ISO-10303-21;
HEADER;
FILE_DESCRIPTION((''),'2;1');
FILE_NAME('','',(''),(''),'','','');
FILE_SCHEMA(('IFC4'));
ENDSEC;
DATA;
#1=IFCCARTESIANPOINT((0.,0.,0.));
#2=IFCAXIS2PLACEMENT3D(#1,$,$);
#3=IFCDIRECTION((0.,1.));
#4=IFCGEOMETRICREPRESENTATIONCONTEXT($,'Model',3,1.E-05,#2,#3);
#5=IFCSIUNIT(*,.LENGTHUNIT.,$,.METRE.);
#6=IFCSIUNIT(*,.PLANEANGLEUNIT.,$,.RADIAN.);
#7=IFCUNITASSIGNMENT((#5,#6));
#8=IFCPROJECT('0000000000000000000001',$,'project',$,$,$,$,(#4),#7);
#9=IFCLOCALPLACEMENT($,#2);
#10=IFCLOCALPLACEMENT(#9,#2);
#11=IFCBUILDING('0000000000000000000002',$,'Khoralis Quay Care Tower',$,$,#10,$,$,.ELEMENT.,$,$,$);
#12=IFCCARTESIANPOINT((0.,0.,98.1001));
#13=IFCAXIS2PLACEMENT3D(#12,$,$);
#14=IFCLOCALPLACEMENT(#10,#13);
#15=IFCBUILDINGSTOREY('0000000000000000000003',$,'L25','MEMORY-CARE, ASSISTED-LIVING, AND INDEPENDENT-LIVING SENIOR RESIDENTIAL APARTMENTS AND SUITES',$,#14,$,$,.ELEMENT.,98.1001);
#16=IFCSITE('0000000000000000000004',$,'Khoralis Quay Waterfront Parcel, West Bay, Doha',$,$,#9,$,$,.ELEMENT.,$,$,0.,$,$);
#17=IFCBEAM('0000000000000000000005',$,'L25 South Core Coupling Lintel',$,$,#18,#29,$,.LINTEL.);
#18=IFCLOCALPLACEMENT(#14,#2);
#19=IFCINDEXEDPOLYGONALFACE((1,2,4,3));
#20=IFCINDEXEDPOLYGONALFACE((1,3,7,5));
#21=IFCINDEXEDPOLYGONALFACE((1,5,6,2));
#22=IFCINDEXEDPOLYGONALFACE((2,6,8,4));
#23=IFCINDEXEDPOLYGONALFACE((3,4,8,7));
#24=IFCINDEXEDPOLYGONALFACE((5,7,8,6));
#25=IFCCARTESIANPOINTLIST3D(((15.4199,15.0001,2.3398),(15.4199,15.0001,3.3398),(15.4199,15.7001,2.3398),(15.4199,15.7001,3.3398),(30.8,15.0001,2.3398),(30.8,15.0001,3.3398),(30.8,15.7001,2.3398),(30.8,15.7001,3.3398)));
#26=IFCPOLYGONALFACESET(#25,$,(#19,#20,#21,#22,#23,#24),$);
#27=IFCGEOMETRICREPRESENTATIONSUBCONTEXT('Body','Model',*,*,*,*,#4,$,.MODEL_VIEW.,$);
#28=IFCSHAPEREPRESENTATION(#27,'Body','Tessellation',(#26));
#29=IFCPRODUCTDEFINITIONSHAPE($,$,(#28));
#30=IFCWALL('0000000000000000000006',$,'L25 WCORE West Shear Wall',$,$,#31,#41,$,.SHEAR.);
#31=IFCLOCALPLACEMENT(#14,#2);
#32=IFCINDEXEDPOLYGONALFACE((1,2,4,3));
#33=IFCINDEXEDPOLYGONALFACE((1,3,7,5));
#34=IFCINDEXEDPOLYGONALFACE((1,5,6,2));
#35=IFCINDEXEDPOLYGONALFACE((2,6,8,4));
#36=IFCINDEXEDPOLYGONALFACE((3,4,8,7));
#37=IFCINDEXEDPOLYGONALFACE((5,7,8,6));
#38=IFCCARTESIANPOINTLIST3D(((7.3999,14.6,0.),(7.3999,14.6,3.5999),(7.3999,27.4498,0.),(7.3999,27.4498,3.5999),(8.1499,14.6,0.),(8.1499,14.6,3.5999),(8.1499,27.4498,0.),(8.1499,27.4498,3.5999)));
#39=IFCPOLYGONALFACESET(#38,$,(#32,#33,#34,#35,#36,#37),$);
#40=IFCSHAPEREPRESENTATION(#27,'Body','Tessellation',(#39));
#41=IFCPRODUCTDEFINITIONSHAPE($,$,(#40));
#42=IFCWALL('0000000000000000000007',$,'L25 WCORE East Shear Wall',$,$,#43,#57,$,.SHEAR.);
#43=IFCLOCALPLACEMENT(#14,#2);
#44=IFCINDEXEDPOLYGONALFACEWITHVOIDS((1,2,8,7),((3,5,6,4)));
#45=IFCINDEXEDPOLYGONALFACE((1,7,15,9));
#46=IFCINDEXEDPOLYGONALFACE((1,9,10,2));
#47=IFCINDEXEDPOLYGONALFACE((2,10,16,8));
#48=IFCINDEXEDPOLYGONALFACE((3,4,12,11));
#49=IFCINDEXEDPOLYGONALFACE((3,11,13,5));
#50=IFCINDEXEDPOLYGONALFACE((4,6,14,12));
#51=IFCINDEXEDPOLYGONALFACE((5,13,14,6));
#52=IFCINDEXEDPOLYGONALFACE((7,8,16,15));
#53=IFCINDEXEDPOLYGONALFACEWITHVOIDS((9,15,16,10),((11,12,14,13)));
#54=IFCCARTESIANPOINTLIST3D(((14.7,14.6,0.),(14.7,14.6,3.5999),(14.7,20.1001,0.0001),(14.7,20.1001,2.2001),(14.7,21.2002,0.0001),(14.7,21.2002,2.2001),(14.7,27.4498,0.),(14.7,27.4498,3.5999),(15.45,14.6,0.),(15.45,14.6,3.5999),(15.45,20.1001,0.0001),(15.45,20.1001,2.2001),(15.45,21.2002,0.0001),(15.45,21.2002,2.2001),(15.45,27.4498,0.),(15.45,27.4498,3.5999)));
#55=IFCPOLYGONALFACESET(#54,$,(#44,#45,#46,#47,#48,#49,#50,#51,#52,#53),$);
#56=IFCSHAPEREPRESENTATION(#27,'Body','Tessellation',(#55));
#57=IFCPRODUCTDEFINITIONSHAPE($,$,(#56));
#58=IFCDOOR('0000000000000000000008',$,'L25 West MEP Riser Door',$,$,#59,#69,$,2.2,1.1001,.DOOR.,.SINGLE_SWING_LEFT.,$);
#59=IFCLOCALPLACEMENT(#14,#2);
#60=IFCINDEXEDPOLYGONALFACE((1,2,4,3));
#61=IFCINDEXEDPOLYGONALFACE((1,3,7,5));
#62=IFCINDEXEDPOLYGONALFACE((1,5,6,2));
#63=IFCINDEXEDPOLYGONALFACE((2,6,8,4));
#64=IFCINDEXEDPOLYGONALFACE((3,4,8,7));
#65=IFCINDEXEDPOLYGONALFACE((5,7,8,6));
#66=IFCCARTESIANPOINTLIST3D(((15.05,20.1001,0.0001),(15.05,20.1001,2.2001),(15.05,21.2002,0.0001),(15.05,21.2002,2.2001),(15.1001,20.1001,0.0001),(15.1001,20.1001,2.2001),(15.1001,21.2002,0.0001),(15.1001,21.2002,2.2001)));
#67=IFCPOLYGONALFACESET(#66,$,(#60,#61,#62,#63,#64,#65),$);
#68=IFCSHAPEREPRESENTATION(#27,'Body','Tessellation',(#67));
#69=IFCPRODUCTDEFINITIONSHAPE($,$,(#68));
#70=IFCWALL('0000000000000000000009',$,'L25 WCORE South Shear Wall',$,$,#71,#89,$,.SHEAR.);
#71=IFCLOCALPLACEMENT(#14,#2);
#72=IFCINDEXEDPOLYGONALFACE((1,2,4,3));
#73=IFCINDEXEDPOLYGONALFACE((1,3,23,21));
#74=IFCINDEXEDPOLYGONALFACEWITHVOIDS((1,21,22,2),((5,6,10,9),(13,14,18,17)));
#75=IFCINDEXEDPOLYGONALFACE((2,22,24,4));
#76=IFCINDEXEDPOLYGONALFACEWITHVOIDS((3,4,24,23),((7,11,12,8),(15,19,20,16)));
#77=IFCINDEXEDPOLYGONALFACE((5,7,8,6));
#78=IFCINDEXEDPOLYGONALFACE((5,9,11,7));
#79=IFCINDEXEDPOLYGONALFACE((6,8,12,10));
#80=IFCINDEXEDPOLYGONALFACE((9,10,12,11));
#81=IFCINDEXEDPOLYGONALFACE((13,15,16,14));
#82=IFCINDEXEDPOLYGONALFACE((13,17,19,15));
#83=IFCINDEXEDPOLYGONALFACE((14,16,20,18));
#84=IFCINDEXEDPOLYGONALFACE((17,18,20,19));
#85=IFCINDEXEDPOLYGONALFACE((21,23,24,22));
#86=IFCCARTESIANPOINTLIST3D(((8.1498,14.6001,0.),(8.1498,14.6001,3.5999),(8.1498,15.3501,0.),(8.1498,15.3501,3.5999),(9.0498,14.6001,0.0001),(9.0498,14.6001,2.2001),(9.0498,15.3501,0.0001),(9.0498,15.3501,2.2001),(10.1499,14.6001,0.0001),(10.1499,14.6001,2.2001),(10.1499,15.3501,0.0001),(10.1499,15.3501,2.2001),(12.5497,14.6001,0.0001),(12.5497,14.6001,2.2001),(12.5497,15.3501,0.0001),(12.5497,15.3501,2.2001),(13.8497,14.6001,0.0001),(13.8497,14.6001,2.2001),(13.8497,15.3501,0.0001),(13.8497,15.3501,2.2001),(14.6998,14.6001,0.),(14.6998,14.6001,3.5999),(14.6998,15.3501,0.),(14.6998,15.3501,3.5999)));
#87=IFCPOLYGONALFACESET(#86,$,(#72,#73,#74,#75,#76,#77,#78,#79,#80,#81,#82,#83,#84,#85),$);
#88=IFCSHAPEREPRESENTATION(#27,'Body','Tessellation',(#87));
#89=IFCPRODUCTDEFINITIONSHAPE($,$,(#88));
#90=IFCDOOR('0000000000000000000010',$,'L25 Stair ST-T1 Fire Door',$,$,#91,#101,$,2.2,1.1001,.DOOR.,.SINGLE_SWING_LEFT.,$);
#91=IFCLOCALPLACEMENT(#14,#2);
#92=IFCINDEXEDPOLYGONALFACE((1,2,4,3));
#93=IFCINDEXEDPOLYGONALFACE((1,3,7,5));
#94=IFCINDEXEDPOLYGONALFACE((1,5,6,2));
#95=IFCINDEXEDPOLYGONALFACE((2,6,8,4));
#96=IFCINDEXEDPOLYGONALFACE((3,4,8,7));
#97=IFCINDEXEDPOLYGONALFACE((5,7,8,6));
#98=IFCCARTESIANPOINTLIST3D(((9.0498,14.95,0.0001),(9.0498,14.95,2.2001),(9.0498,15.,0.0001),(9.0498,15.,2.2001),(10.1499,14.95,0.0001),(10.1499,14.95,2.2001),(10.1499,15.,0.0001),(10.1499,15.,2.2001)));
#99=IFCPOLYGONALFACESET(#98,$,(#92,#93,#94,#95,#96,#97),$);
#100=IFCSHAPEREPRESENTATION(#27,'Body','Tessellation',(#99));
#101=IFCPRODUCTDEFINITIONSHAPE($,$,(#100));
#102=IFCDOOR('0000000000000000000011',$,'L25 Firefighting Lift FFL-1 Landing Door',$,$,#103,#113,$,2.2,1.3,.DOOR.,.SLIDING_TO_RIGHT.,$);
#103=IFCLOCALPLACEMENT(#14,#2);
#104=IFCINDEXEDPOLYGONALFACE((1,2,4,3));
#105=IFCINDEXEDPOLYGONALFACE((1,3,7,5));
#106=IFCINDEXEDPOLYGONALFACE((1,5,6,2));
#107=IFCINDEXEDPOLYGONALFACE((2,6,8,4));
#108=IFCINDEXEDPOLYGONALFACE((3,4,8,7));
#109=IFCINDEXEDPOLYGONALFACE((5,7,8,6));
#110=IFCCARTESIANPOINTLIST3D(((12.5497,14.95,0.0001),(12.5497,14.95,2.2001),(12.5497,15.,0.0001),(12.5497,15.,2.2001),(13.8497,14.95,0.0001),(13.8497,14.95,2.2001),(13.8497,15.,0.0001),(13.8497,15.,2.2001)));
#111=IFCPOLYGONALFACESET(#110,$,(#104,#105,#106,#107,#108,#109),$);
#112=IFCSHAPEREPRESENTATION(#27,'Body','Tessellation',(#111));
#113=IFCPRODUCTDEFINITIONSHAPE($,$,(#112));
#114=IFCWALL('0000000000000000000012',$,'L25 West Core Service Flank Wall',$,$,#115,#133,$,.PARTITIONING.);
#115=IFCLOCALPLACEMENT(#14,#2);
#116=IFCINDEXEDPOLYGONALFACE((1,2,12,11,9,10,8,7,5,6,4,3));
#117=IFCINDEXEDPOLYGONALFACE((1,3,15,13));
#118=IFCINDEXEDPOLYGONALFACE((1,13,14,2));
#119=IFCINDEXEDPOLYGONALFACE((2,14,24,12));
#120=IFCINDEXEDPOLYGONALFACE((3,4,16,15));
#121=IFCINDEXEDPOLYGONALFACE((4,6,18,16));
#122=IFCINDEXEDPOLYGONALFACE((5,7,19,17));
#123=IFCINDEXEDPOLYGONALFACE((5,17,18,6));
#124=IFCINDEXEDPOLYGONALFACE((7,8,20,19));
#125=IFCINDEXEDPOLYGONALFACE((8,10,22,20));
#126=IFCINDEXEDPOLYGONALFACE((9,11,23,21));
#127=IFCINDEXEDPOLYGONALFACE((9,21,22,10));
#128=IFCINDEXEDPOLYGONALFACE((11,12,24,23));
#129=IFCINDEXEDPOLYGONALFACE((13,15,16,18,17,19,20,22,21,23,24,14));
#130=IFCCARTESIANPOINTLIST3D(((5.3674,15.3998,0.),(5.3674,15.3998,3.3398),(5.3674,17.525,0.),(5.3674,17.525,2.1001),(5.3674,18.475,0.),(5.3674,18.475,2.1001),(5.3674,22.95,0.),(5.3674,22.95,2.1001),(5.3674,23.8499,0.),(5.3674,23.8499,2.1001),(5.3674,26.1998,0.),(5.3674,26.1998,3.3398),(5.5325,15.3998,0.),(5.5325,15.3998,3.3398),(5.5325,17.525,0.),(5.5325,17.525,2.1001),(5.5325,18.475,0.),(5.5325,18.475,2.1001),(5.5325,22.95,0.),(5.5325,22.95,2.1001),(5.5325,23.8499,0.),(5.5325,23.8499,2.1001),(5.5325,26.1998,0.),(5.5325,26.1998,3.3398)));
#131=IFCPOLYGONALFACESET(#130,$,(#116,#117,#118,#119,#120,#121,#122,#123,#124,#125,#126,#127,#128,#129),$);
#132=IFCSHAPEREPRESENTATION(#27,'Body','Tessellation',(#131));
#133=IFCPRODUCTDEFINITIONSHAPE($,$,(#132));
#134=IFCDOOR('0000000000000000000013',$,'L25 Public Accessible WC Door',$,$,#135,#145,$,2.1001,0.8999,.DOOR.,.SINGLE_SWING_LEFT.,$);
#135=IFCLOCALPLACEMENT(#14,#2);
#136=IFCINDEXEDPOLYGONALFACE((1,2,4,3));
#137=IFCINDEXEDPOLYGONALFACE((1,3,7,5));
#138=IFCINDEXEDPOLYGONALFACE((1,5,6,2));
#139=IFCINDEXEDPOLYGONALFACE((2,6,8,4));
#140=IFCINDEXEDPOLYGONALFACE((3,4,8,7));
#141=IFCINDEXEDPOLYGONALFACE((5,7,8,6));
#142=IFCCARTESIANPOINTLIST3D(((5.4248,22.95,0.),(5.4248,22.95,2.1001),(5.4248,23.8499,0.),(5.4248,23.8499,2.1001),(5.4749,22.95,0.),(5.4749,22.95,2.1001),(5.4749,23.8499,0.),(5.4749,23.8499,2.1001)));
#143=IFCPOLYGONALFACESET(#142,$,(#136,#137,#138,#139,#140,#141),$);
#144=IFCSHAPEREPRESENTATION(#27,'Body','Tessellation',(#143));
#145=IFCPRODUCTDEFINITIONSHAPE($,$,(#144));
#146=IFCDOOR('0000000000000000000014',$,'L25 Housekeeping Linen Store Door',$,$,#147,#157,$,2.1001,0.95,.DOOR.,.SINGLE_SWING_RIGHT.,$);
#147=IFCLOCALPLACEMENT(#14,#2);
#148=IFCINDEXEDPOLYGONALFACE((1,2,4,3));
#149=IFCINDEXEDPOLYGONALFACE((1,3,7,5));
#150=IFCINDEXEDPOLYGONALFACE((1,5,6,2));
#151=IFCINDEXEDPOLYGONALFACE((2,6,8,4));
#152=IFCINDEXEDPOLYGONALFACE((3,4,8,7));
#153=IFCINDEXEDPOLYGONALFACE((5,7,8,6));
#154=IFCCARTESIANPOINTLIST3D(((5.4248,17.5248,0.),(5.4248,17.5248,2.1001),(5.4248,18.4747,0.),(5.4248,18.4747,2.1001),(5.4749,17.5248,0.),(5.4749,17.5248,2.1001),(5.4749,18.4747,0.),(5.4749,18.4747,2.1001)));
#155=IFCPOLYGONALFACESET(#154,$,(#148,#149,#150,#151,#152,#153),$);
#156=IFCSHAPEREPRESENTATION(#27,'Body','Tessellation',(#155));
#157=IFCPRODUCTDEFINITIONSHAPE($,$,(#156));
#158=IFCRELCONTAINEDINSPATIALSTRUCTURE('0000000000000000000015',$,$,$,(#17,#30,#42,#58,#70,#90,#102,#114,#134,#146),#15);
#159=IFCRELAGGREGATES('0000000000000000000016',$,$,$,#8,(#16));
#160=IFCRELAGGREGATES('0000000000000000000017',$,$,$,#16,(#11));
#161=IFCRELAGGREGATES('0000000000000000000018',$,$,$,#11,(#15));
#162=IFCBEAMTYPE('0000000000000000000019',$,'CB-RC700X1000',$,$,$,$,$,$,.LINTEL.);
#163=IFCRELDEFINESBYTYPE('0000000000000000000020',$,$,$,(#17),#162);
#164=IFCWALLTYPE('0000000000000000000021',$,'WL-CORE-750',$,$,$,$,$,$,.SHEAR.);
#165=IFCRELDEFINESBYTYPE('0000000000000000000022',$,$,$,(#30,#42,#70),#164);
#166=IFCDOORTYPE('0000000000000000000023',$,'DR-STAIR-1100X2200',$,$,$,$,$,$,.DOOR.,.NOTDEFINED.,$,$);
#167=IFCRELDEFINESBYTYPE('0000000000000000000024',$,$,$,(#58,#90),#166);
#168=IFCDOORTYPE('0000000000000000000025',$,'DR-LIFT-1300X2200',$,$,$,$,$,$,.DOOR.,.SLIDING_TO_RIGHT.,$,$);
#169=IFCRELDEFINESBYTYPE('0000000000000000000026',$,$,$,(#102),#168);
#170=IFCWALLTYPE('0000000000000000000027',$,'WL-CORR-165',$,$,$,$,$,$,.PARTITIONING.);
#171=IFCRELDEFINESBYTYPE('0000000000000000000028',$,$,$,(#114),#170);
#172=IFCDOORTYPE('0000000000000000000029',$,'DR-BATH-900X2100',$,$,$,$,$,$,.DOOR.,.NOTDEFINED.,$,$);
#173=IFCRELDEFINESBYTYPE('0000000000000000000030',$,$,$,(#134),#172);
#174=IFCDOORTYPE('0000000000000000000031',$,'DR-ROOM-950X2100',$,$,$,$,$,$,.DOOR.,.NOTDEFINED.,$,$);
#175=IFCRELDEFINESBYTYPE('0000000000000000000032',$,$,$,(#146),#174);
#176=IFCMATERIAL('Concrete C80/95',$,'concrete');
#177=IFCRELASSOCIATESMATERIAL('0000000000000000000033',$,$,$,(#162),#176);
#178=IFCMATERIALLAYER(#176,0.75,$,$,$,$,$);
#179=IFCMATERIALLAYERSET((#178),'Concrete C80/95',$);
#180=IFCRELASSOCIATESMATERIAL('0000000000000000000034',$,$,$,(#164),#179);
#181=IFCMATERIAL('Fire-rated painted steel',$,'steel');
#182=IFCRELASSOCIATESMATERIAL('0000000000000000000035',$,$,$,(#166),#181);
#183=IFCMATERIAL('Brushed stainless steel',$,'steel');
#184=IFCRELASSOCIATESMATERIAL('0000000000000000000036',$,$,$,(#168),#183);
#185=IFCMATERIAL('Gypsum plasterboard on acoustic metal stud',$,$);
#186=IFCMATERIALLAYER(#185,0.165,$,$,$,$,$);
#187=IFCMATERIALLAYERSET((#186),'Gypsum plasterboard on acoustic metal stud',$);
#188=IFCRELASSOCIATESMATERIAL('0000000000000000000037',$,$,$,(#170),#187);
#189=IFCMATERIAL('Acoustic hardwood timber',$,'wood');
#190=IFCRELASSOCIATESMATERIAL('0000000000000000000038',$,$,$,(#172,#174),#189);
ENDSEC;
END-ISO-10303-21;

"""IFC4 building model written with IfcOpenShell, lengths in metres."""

from ifc_helpers import new_model, si_unit, direction, frame, frame_2d, origin, origin_2d, place, context, subcontext, project, spatial, rectangle, extrude, source, transform, mapped, material, layer, layer_set, material_profile, profile_set, type_object, element, fill, save


model = new_model("IFC4")

# Units and contexts
model_context = context("Model", 3, precision=1e-05, world=origin(), true_north=direction((0.0, 1.0)))
body_context = subcontext(model_context, "Body", "Model", "MODEL_VIEW")
ifc_project = project(units=[si_unit("LENGTHUNIT", "METRE"), si_unit("PLANEANGLEUNIT", "RADIAN")], contexts=[model_context])

# Site, building, storey
site_placement = place(None, origin())
site = spatial("IfcSite", under=ifc_project, at=site_placement, Name="Khoralis Quay Waterfront Parcel, West Bay, Doha", CompositionType="ELEMENT", RefElevation=0.0)
building_placement = place(site_placement, origin())
building = spatial("IfcBuilding", under=site, at=building_placement, Name="Khoralis Quay Care Tower", CompositionType="ELEMENT")
storey_placement = place(building_placement, frame((0.0, 0.0, 98.1001)))
storey = spatial("IfcBuildingStorey", under=building, at=storey_placement, Name="L25", Description="MEMORY-CARE, ASSISTED-LIVING, AND INDEPENDENT-LIVING SENIOR RESIDENTIAL APARTMENTS AND SUITES", CompositionType="ELEMENT", Elevation=98.1001)

# Beam
ifc_material_1 = material(Name="Concrete C80/95", Category="concrete")
ifc_material_profile = material_profile(ifc_material_1, rectangle(XDim=0.7, YDim=1.0, at=origin_2d()), Name="Concrete C80/95")
ifc_profile_set = profile_set([ifc_material_profile], Name="Concrete C80/95")
beam_type = type_object("IfcBeamType", Name="CB-RC700X1000", PredefinedType="LINTEL", material=ifc_profile_set)
shared_shape_1 = source(origin(), body_context, "Body", "SweptSolid", [
    extrude(rectangle(XDim=0.7, YDim=1.0, at=origin_2d()), origin(), (0.0, 0.0, 1.0), 15.3801),
])
beam_placement = place(storey_placement, frame((15.4199, 15.3501, 2.8398), z_axis=(1.0, 0.0, 0.0), x_axis=(0.0, 1.0, 0.0)))
element("IfcBeam", 1, at=beam_placement, inside=storey, type_object=beam_type, Name="L25 South Core Coupling Lintel", PredefinedType="LINTEL", context=body_context, shape_type="MappedRepresentation", body=[
    mapped(shared_shape_1, transform((0.0, 0.0, 0.0), scale=1.0)),
])

# Wall
ifc_layer_1 = layer(ifc_material_1, 0.75)
ifc_layer_set_1 = layer_set([ifc_layer_1], Name="Concrete C80/95")
wall_type_1 = type_object("IfcWallType", Name="WL-CORE-750", PredefinedType="SHEAR", material=ifc_layer_set_1)
wall_1_placement = place(storey_placement, frame((7.7749, 14.6001, 0.0), z_axis=(0.0, 0.0, 1.0), x_axis=(0.0, 1.0, 0.0)))
element("IfcWall", 2, at=wall_1_placement, inside=storey, type_object=wall_type_1, Name="L25 WCORE West Shear Wall", PredefinedType="SHEAR", context=body_context, shape_type="SweptSolid", body=[
    extrude(rectangle(XDim=12.8499, YDim=0.75, at=frame_2d((6.4248, 0.0))), origin(), (0.0, 0.0, 1.0), 3.5999),
])

# Wall, opening, door
wall_2_placement = place(storey_placement, frame((15.075, 14.6001, 0.0), z_axis=(0.0, 0.0, 1.0), x_axis=(0.0, 1.0, 0.0)))
wall_2 = element("IfcWall", 3, at=wall_2_placement, inside=storey, type_object=wall_type_1, Name="L25 WCORE East Shear Wall", PredefinedType="SHEAR", context=body_context, shape_type="SweptSolid", body=[
    extrude(rectangle(XDim=12.8499, YDim=0.75, at=frame_2d((6.4248, 0.0))), origin(), (0.0, 0.0, 1.0), 3.5999),
])
opening_1_placement = place(wall_2_placement, frame((5.5, 0.0, 0.0)))
opening_1 = element("IfcOpeningElement", 4, at=opening_1_placement, cuts=wall_2, PredefinedType="OPENING", context=body_context, shape_type="SweptSolid", body=[
    extrude(rectangle(XDim=1.1001, YDim=2.2, at=frame_2d((0.55, 1.1001))), frame((0.0, 0.385, 0.0), z_axis=(0.0, -1.0, 0.0), x_axis=(1.0, 0.0, 0.0)), (0.0, 0.0, 1.0), 0.77),
])
ifc_material_2 = material(Name="Fire-rated painted steel", Category="steel")
door_type_1 = type_object("IfcDoorType", Name="DR-STAIR-1100X2200", OperationType="NOTDEFINED", PredefinedType="DOOR", material=ifc_material_2)
shared_shape_2 = source(origin(), body_context, "Body", "SweptSolid", [
    extrude(rectangle(XDim=1.1001, YDim=2.2, at=frame_2d((0.55, 1.1001))), frame((0.0, 0.0249, 0.0), z_axis=(0.0, -1.0, 0.0), x_axis=(1.0, 0.0, 0.0)), (0.0, 0.0, 1.0), 0.05),
])
door_1_placement = place(opening_1_placement, origin())
door_1 = element("IfcDoor", 5, at=door_1_placement, inside=storey, type_object=door_type_1, Name="L25 West MEP Riser Door", OperationType="SINGLE_SWING_LEFT", OverallHeight=2.2, OverallWidth=1.1001, PredefinedType="DOOR", context=body_context, shape_type="MappedRepresentation", body=[
    mapped(shared_shape_2, transform((0.0, 0.0, 0.0), scale=1.0)),
])
fill(opening_1, door_1)

# Walls, openings, doors
wall_3_placement = place(storey_placement, frame((8.1499, 14.9751, 0.0), z_axis=(0.0, 0.0, 1.0), x_axis=(1.0, 0.0, 0.0)))
wall_3 = element("IfcWall", 6, at=wall_3_placement, inside=storey, type_object=wall_type_1, Name="L25 WCORE South Shear Wall", PredefinedType="SHEAR", context=body_context, shape_type="SweptSolid", body=[
    extrude(rectangle(XDim=6.55, YDim=0.75, at=frame_2d((3.2749, 0.0))), origin(), (0.0, 0.0, 1.0), 3.5999),
])
opening_2_placement = place(wall_3_placement, frame((0.8999, 0.0, 0.0)))
opening_2 = element("IfcOpeningElement", 7, at=opening_2_placement, cuts=wall_3, PredefinedType="OPENING", context=body_context, shape_type="SweptSolid", body=[
    extrude(rectangle(XDim=1.1001, YDim=2.2, at=frame_2d((0.55, 1.1001))), frame((0.0, 0.385, 0.0), z_axis=(0.0, -1.0, 0.0), x_axis=(1.0, 0.0, 0.0)), (0.0, 0.0, 1.0), 0.77),
])
opening_3_placement = place(wall_3_placement, frame((4.3999, 0.0, 0.0)))
opening_3 = element("IfcOpeningElement", 8, at=opening_3_placement, cuts=wall_3, PredefinedType="OPENING", context=body_context, shape_type="SweptSolid", body=[
    extrude(rectangle(XDim=1.3, YDim=2.2, at=frame_2d((0.6499, 1.1001))), frame((0.0, 0.385, 0.0), z_axis=(0.0, -1.0, 0.0), x_axis=(1.0, 0.0, 0.0)), (0.0, 0.0, 1.0), 0.77),
])
door_2_placement = place(opening_2_placement, origin())
door_2 = element("IfcDoor", 9, at=door_2_placement, inside=storey, type_object=door_type_1, Name="L25 Stair ST-T1 Fire Door", OperationType="SINGLE_SWING_LEFT", OverallHeight=2.2, OverallWidth=1.1001, PredefinedType="DOOR", context=body_context, shape_type="MappedRepresentation", body=[
    mapped(shared_shape_2, transform((0.0, 0.0, 0.0), scale=1.0)),
])
fill(opening_2, door_2)
ifc_material_3 = material(Name="Brushed stainless steel", Category="steel")
door_type_2 = type_object("IfcDoorType", Name="DR-LIFT-1300X2200", OperationType="SLIDING_TO_RIGHT", PredefinedType="DOOR", material=ifc_material_3)
shared_shape_3 = source(origin(), body_context, "Body", "SweptSolid", [
    extrude(rectangle(XDim=1.3, YDim=2.2, at=frame_2d((0.6499, 1.1001))), frame((0.0, 0.0249, 0.0), z_axis=(0.0, -1.0, 0.0), x_axis=(1.0, 0.0, 0.0)), (0.0, 0.0, 1.0), 0.05),
])
door_3_placement = place(opening_3_placement, origin())
door_3 = element("IfcDoor", 10, at=door_3_placement, inside=storey, type_object=door_type_2, Name="L25 Firefighting Lift FFL-1 Landing Door", OperationType="SLIDING_TO_RIGHT", OverallHeight=2.2, OverallWidth=1.3, PredefinedType="DOOR", context=body_context, shape_type="MappedRepresentation", body=[
    mapped(shared_shape_3, transform((0.0, 0.0, 0.0), scale=1.0)),
])
fill(opening_3, door_3)
ifc_material_4 = material(Name="Gypsum plasterboard on acoustic metal stud")
ifc_layer_2 = layer(ifc_material_4, 0.165)
ifc_layer_set_2 = layer_set([ifc_layer_2], Name="Gypsum plasterboard on acoustic metal stud")
wall_type_2 = type_object("IfcWallType", Name="WL-CORR-165", PredefinedType="PARTITIONING", material=ifc_layer_set_2)
wall_4_placement = place(storey_placement, frame((5.45, 15.3999, 0.0), z_axis=(0.0, 0.0, 1.0), x_axis=(0.0, 1.0, 0.0)))
wall_4 = element("IfcWall", 11, at=wall_4_placement, inside=storey, type_object=wall_type_2, Name="L25 West Core Service Flank Wall", PredefinedType="PARTITIONING", context=body_context, shape_type="SweptSolid", body=[
    extrude(rectangle(XDim=10.8, YDim=0.165, at=frame_2d((5.3999, 0.0))), origin(), (0.0, 0.0, 1.0), 3.3398),
])
opening_4_placement = place(wall_4_placement, frame((2.125, 0.0, 0.0)))
opening_4 = element("IfcOpeningElement", 12, at=opening_4_placement, cuts=wall_4, PredefinedType="OPENING", context=body_context, shape_type="SweptSolid", body=[
    extrude(rectangle(XDim=0.95, YDim=2.1001, at=frame_2d((0.4751, 1.05))), frame((0.0, 0.0925, 0.0), z_axis=(0.0, -1.0, 0.0), x_axis=(1.0, 0.0, 0.0)), (0.0, 0.0, 1.0), 0.1851),
])
opening_5_placement = place(wall_4_placement, frame((7.55, 0.0, 0.0)))
opening_5 = element("IfcOpeningElement", 13, at=opening_5_placement, cuts=wall_4, PredefinedType="OPENING", context=body_context, shape_type="SweptSolid", body=[
    extrude(rectangle(XDim=0.8999, YDim=2.1001, at=frame_2d((0.45, 1.05))), frame((0.0, 0.0925, 0.0), z_axis=(0.0, -1.0, 0.0), x_axis=(1.0, 0.0, 0.0)), (0.0, 0.0, 1.0), 0.1851),
])
ifc_material_5 = material(Name="Acoustic hardwood timber", Category="wood")
door_type_3 = type_object("IfcDoorType", Name="DR-BATH-900X2100", OperationType="NOTDEFINED", PredefinedType="DOOR", material=ifc_material_5)
shared_shape_4 = source(origin(), body_context, "Body", "SweptSolid", [
    extrude(rectangle(XDim=0.8999, YDim=2.1001, at=frame_2d((0.45, 1.05))), frame((0.0, 0.0249, 0.0), z_axis=(0.0, -1.0, 0.0), x_axis=(1.0, 0.0, 0.0)), (0.0, 0.0, 1.0), 0.05),
])
door_4_placement = place(opening_5_placement, frame((0.8999, 0.0, 0.0), z_axis=(0.0, 0.0, 1.0), x_axis=(-1.0, 0.0, 0.0)))
door_4 = element("IfcDoor", 14, at=door_4_placement, inside=storey, type_object=door_type_3, Name="L25 Public Accessible WC Door", OperationType="SINGLE_SWING_LEFT", OverallHeight=2.1001, OverallWidth=0.8999, PredefinedType="DOOR", context=body_context, shape_type="MappedRepresentation", body=[
    mapped(shared_shape_4, transform((0.0, 0.0, 0.0), scale=1.0)),
])
fill(opening_5, door_4)
door_type_4 = type_object("IfcDoorType", Name="DR-ROOM-950X2100", OperationType="NOTDEFINED", PredefinedType="DOOR", material=ifc_material_5)
shared_shape_5 = source(origin(), body_context, "Body", "SweptSolid", [
    extrude(rectangle(XDim=0.95, YDim=2.1001, at=frame_2d((0.4751, 1.05))), frame((0.0, 0.0249, 0.0), z_axis=(0.0, -1.0, 0.0), x_axis=(1.0, 0.0, 0.0)), (0.0, 0.0, 1.0), 0.05),
])
door_5_placement = place(opening_4_placement, frame((0.95, 0.0, 0.0), z_axis=(0.0, 0.0, 1.0), x_axis=(-1.0, 0.0, 0.0)))
door_5 = element("IfcDoor", 15, at=door_5_placement, inside=storey, type_object=door_type_4, Name="L25 Housekeeping Linen Store Door", OperationType="SINGLE_SWING_RIGHT", OverallHeight=2.1001, OverallWidth=0.95, PredefinedType="DOOR", context=body_context, shape_type="MappedRepresentation", body=[
    mapped(shared_shape_5, transform((0.0, 0.0, 0.0), scale=1.0)),
])
fill(opening_4, door_5)

save(model, "model.ifc")
